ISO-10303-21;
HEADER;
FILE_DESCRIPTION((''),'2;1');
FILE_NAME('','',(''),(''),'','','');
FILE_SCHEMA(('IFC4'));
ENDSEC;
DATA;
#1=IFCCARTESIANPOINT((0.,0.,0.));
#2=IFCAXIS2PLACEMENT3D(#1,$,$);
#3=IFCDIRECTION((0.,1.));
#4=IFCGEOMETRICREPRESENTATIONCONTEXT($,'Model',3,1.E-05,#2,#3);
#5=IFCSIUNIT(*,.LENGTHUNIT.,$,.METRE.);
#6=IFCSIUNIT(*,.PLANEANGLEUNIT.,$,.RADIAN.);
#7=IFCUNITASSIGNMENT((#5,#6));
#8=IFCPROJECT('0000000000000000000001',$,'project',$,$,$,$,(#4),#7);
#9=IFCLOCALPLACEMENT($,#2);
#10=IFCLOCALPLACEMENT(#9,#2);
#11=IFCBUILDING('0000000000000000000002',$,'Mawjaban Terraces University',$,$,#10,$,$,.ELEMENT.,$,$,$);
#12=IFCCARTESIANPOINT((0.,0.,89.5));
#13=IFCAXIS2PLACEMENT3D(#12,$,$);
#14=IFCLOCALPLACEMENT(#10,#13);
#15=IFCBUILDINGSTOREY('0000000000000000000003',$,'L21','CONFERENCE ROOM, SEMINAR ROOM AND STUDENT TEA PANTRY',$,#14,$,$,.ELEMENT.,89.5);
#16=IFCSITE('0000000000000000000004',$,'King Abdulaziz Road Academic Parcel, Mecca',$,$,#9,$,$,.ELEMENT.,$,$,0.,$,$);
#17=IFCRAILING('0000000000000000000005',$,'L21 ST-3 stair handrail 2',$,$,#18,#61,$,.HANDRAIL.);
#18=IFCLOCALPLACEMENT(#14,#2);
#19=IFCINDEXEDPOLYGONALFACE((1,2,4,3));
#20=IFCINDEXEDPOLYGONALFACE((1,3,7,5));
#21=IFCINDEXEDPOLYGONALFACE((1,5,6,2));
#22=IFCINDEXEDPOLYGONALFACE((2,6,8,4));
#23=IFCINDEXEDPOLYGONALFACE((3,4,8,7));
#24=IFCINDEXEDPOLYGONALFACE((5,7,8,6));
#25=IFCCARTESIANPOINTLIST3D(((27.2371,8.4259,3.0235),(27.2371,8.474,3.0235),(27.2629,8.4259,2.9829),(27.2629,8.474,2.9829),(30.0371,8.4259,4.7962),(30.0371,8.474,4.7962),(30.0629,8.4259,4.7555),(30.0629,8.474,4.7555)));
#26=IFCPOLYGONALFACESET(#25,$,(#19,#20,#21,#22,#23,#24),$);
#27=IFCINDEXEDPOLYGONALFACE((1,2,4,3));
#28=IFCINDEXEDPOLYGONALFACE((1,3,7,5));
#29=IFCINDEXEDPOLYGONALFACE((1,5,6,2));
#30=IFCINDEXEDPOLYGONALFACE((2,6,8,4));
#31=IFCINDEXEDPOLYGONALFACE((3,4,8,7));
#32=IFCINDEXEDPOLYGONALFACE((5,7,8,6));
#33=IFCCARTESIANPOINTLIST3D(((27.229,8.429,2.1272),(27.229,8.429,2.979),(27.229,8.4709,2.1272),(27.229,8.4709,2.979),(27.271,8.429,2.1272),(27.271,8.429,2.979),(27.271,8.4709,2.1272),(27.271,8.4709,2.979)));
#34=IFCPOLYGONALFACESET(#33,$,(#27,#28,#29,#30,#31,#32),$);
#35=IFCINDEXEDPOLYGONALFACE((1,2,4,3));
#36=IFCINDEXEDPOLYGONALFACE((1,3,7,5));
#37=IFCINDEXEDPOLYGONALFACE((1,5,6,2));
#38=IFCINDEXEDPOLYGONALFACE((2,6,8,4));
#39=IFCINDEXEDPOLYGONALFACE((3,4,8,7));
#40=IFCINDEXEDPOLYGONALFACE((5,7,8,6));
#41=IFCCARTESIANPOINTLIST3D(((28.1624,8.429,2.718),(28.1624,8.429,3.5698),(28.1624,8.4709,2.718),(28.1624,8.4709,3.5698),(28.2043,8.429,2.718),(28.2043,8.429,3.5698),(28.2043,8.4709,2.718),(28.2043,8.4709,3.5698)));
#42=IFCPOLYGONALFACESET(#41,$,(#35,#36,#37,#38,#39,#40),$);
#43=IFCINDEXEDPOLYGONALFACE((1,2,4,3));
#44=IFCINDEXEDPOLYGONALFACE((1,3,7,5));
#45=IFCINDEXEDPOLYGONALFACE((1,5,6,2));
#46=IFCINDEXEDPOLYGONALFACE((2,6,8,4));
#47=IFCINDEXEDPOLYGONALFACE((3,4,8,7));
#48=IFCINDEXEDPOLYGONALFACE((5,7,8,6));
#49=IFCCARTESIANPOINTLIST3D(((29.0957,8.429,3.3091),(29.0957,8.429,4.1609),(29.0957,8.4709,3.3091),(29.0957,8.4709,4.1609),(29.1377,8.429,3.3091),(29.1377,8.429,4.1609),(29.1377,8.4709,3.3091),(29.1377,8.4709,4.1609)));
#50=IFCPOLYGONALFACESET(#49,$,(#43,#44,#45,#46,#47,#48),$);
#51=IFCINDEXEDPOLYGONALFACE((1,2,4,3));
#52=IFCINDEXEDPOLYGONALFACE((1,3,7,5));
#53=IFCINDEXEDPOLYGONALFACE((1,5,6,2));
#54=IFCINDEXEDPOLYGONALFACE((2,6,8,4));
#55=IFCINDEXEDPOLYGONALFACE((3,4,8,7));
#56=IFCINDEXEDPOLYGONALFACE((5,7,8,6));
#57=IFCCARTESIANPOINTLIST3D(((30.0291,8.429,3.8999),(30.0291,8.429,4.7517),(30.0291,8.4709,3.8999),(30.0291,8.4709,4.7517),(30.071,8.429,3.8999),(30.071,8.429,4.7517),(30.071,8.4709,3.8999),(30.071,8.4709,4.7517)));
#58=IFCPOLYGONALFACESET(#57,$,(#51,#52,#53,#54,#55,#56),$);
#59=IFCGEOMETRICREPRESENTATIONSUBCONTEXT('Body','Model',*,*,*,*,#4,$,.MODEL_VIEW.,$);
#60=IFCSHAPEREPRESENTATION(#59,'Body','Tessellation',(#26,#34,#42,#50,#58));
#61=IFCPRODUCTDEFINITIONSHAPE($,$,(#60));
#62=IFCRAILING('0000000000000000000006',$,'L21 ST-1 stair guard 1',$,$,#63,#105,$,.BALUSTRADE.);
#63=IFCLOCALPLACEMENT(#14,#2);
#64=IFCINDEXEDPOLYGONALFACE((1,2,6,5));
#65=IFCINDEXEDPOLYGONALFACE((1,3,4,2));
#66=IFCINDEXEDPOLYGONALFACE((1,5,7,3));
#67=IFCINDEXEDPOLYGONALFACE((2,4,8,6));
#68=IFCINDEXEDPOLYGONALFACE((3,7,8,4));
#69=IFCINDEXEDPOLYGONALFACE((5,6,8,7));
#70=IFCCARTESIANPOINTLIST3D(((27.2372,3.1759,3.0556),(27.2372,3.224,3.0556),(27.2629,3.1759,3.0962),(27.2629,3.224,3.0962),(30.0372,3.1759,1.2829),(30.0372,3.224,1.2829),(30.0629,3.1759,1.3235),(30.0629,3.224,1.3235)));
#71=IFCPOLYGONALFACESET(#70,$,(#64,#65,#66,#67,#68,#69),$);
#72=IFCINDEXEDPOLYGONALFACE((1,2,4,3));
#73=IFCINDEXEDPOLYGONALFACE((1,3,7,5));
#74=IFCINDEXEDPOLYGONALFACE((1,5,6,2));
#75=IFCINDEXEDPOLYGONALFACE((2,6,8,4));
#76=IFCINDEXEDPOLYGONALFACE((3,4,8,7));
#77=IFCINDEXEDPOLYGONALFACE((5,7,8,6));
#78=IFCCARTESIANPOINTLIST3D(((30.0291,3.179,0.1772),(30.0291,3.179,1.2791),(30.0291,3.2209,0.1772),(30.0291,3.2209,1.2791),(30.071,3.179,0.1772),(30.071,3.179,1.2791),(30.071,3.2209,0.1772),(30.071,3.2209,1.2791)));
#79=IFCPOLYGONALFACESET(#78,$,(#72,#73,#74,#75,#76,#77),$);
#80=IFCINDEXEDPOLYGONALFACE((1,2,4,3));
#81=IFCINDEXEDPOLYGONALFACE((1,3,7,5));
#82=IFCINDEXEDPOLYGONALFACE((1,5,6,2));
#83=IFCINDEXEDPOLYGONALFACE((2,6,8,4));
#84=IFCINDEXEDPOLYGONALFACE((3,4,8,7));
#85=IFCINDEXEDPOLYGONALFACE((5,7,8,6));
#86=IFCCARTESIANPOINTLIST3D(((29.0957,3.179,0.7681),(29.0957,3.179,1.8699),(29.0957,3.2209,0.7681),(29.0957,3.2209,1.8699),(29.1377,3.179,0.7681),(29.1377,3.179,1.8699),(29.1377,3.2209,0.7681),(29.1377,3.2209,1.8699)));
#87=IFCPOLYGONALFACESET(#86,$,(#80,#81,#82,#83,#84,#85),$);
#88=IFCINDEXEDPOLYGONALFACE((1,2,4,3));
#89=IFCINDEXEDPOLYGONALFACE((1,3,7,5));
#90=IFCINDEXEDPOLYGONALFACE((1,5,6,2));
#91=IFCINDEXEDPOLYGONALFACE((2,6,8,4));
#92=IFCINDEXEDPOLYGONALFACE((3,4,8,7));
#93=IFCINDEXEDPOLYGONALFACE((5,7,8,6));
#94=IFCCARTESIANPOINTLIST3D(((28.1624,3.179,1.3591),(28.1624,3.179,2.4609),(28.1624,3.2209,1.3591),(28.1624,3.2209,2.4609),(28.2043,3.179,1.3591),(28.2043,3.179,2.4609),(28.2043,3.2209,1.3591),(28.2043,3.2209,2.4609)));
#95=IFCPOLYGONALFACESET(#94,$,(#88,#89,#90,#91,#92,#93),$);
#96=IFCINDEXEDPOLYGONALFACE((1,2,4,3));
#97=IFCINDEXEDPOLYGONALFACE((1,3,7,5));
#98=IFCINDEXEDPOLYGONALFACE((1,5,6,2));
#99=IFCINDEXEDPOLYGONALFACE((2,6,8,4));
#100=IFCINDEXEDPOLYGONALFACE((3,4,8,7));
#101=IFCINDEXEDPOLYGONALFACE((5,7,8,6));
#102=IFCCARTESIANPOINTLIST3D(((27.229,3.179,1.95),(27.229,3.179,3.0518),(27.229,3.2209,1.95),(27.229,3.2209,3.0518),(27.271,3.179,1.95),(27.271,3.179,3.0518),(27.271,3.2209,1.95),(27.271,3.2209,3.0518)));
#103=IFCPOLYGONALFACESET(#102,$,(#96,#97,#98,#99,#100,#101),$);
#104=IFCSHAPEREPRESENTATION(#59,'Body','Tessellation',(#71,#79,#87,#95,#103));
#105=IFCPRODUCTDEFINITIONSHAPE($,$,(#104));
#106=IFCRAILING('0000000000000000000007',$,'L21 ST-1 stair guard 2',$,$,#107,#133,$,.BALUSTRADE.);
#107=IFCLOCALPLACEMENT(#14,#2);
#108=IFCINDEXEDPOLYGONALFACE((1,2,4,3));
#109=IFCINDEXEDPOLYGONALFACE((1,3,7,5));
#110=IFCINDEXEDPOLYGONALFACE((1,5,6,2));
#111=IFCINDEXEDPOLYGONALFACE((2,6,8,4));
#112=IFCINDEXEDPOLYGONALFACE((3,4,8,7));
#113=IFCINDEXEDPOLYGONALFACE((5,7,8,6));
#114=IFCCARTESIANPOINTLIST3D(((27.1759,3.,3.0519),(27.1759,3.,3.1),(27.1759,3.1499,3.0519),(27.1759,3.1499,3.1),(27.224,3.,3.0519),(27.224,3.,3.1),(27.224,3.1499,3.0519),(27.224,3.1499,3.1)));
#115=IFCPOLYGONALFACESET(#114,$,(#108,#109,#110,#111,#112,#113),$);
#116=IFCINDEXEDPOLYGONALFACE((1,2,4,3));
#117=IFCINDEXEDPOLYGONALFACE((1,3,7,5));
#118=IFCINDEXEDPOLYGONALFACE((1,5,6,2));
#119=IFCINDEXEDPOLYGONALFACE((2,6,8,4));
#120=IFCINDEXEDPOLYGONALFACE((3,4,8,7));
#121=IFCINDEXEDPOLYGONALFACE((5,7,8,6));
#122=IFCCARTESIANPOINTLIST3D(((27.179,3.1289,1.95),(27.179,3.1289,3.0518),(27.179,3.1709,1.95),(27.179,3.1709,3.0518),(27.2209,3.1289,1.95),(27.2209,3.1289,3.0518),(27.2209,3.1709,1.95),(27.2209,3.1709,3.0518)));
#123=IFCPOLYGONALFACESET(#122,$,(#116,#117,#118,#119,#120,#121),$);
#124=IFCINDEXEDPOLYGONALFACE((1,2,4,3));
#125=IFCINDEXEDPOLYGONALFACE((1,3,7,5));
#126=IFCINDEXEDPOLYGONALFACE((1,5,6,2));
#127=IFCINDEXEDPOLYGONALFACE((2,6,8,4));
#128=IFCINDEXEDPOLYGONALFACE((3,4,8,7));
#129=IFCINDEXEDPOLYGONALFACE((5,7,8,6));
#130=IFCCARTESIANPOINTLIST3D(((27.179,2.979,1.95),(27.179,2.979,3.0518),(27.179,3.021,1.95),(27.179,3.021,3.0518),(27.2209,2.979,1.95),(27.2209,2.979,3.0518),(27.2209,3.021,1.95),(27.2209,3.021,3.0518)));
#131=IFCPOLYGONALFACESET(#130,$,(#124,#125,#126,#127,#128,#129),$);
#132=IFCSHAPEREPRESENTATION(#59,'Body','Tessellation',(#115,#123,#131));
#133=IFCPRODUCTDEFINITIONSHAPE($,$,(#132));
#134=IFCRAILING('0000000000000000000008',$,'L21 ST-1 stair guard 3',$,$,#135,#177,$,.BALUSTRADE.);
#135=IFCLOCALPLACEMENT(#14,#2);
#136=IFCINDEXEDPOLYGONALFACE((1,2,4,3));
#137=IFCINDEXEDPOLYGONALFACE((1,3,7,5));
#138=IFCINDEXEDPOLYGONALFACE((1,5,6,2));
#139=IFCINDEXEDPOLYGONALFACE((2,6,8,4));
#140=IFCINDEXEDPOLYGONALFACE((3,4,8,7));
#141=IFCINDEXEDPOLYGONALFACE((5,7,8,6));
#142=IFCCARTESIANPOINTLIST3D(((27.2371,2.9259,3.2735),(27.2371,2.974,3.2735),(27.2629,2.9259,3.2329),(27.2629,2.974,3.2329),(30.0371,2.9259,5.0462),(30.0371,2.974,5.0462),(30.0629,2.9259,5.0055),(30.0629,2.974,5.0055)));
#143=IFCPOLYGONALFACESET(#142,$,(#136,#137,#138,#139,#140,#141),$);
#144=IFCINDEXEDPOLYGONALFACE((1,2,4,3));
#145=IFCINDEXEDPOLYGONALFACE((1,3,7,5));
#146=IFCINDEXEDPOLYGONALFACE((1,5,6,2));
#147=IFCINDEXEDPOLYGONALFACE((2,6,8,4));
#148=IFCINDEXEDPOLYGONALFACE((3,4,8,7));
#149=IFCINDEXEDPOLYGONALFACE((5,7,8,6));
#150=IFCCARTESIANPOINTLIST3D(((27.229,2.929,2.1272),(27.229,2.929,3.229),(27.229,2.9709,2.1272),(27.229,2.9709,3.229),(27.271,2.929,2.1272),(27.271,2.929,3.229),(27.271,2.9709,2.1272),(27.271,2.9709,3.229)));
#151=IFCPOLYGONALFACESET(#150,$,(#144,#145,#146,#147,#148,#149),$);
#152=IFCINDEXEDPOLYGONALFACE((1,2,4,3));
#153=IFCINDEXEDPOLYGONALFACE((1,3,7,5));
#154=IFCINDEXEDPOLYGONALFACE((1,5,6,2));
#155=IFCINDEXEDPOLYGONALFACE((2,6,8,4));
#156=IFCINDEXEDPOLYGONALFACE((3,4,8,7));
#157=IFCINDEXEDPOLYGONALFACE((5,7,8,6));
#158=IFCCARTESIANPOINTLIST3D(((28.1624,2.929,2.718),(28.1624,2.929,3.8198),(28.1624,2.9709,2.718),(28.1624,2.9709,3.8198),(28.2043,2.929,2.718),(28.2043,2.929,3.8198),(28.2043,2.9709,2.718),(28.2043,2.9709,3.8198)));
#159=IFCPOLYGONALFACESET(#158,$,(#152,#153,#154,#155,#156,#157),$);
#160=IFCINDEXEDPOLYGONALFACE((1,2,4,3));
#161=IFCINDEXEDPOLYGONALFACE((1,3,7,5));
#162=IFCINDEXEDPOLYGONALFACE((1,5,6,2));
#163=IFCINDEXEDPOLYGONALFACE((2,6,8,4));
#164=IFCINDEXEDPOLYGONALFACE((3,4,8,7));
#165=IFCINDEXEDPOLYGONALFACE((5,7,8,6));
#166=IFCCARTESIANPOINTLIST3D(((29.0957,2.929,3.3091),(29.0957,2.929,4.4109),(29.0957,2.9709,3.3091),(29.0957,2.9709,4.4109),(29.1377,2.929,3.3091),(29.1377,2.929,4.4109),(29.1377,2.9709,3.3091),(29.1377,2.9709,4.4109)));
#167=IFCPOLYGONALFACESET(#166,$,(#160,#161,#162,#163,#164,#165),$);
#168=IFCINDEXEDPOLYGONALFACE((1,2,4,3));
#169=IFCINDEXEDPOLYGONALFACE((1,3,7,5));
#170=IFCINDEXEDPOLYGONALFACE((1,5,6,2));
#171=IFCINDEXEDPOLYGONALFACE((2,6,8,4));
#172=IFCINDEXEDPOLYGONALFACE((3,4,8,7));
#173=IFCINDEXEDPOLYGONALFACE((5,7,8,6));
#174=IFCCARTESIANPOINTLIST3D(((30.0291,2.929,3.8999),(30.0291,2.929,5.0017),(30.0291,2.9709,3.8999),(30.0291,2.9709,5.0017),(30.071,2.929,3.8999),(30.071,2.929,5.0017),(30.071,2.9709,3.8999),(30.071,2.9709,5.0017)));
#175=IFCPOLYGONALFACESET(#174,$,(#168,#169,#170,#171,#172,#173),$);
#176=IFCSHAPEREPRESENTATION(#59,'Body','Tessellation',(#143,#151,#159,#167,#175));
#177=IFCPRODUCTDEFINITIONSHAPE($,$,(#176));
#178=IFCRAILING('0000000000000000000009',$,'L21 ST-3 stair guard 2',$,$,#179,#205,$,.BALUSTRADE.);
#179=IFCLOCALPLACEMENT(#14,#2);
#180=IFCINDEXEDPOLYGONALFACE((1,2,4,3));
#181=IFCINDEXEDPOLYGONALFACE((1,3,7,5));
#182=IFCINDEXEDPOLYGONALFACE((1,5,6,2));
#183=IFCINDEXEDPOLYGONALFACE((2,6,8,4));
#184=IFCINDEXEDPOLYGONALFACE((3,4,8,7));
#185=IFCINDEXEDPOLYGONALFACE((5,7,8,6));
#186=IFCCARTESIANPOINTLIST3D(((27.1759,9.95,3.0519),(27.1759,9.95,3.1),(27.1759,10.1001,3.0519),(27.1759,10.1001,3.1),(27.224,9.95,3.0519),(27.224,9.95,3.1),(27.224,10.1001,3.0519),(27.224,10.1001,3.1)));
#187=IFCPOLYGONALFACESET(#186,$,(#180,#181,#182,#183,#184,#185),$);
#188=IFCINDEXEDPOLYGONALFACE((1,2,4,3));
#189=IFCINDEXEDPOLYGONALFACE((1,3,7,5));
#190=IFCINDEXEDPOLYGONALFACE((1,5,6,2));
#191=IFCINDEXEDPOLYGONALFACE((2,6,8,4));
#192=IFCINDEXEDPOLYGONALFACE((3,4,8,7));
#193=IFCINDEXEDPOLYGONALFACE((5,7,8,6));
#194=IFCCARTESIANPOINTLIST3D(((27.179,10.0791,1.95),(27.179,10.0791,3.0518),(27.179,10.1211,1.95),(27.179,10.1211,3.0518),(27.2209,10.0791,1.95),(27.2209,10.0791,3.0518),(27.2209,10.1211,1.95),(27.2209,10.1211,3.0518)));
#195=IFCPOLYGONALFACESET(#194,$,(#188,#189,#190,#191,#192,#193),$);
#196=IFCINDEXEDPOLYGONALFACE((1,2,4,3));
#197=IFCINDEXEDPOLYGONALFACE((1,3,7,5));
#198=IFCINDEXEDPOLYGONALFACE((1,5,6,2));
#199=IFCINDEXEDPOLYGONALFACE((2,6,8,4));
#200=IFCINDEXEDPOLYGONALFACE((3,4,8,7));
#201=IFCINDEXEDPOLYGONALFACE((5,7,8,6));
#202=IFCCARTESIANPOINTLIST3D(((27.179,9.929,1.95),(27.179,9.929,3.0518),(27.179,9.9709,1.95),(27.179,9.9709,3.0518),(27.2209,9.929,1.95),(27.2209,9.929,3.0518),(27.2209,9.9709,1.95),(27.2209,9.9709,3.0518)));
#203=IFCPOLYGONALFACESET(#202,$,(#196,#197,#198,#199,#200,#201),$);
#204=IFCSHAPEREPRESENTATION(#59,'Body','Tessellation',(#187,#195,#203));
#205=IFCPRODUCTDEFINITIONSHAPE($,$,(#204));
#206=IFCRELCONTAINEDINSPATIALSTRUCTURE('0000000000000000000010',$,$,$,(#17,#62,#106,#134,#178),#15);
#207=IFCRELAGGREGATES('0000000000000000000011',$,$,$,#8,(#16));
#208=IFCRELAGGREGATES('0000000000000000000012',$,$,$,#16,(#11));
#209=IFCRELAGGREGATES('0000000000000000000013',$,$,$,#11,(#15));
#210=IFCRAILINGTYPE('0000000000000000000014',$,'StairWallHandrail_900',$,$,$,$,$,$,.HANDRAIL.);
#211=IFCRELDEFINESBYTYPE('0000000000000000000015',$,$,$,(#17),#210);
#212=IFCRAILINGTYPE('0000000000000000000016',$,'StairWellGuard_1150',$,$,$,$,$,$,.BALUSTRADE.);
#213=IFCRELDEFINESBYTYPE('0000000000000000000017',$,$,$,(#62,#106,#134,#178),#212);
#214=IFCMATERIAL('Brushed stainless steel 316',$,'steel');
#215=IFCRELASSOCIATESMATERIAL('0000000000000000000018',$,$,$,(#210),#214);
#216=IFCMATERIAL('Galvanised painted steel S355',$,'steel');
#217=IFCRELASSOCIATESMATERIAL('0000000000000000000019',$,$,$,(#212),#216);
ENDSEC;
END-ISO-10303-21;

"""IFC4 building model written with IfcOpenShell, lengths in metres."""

from ifc_helpers import new_model, si_unit, direction, frame, origin, origin_2d, place, context, subcontext, project, spatial, rectangle, extrude, material, type_object, element, save


model = new_model("IFC4")

# Units and contexts
model_context = context("Model", 3, precision=1e-05, world=origin(), true_north=direction((0.0, 1.0)))
body_context = subcontext(model_context, "Body", "Model", "MODEL_VIEW")
ifc_project = project(units=[si_unit("LENGTHUNIT", "METRE"), si_unit("PLANEANGLEUNIT", "RADIAN")], contexts=[model_context])

# Site, building, storey
site_placement = place(None, origin())
site = spatial("IfcSite", under=ifc_project, at=site_placement, Name="King Abdulaziz Road Academic Parcel, Mecca", CompositionType="ELEMENT", RefElevation=0.0)
building_placement = place(site_placement, origin())
building = spatial("IfcBuilding", under=site, at=building_placement, Name="Mawjaban Terraces University", CompositionType="ELEMENT")
storey_placement = place(building_placement, frame((0.0, 0.0, 89.5)))
storey = spatial("IfcBuildingStorey", under=building, at=storey_placement, Name="L21", Description="CONFERENCE ROOM, SEMINAR ROOM AND STUDENT TEA PANTRY", CompositionType="ELEMENT", Elevation=89.5)

# Railings
ifc_material_1 = material(Name="Brushed stainless steel 316", Category="steel")
railing_type_1 = type_object("IfcRailingType", Name="StairWallHandrail_900", PredefinedType="HANDRAIL", material=ifc_material_1)
for number, where, name in (
    (1, (27.25, 8.45, 2.1272), "L21 ST-3 stair handrail 2"),
):
    element("IfcRailing", number, at=place(storey_placement, frame(where)), inside=storey, type_object=railing_type_1, Name=name, PredefinedType="HANDRAIL", context=body_context, shape_type="SweptSolid", body=[
        extrude(rectangle(XDim=0.0481, YDim=0.0481, at=origin_2d()), frame((0.0, 0.0, 0.876), z_axis=(0.844909, 0.0, 0.53491), x_axis=(0.0, 1.0, 0.0)), (0.0, 0.0, 1.0), 3.314),
        extrude(rectangle(XDim=0.042, YDim=0.042, at=origin_2d()), origin(), (0.0, 0.0, 1.0), 0.8518),
        extrude(rectangle(XDim=0.042, YDim=0.042, at=origin_2d()), frame((0.9333, 0.0, 0.5908)), (0.0, 0.0, 1.0), 0.8518),
        extrude(rectangle(XDim=0.042, YDim=0.042, at=origin_2d()), frame((1.8667, 0.0, 1.1819)), (0.0, 0.0, 1.0), 0.8518),
        extrude(rectangle(XDim=0.042, YDim=0.042, at=origin_2d()), frame((2.8, 0.0, 1.7727)), (0.0, 0.0, 1.0), 0.8518),
    ])
ifc_material_2 = material(Name="Galvanised painted steel S355", Category="steel")
railing_type_2 = type_object("IfcRailingType", Name="StairWellGuard_1150", PredefinedType="BALUSTRADE", material=ifc_material_2)
railing_1_placement = place(storey_placement, frame((30.05, 3.2, 0.1772)))
element("IfcRailing", 2, at=railing_1_placement, inside=storey, type_object=railing_type_2, Name="L21 ST-1 stair guard 1", PredefinedType="BALUSTRADE", context=body_context, shape_type="SweptSolid", body=[
    extrude(rectangle(XDim=0.0481, YDim=0.0481, at=origin_2d()), frame((0.0, 0.0, 1.126), z_axis=(-0.844909, 0.0, 0.53491), x_axis=(0.0, -1.0, 0.0)), (0.0, 0.0, 1.0), 3.314),
    extrude(rectangle(XDim=0.042, YDim=0.042, at=origin_2d()), origin(), (0.0, 0.0, 1.0), 1.1018),
    extrude(rectangle(XDim=0.042, YDim=0.042, at=origin_2d()), frame((-0.9333, 0.0, 0.5908)), (0.0, 0.0, 1.0), 1.1018),
    extrude(rectangle(XDim=0.042, YDim=0.042, at=origin_2d()), frame((-1.8667, 0.0, 1.1819)), (0.0, 0.0, 1.0), 1.1018),
    extrude(rectangle(XDim=0.042, YDim=0.042, at=origin_2d()), frame((-2.8, 0.0, 1.7727)), (0.0, 0.0, 1.0), 1.1018),
])
railing_2_placement = place(storey_placement, frame((27.2, 3.1499, 1.95)))
element("IfcRailing", 3, at=railing_2_placement, inside=storey, type_object=railing_type_2, Name="L21 ST-1 stair guard 2", PredefinedType="BALUSTRADE", context=body_context, shape_type="SweptSolid", body=[
    extrude(rectangle(XDim=0.0481, YDim=0.0481, at=origin_2d()), frame((0.0, 0.0, 1.126), z_axis=(0.0, -1.0, 0.0), x_axis=(1.0, 0.0, 0.0)), (0.0, 0.0, 1.0), 0.1499),
    extrude(rectangle(XDim=0.042, YDim=0.042, at=origin_2d()), origin(), (0.0, 0.0, 1.0), 1.1018),
    extrude(rectangle(XDim=0.042, YDim=0.042, at=origin_2d()), frame((0.0, -0.1499, 0.0)), (0.0, 0.0, 1.0), 1.1018),
])
railing_3_placement = place(storey_placement, frame((27.25, 2.95, 2.1272)))
element("IfcRailing", 4, at=railing_3_placement, inside=storey, type_object=railing_type_2, Name="L21 ST-1 stair guard 3", PredefinedType="BALUSTRADE", context=body_context, shape_type="SweptSolid", body=[
    extrude(rectangle(XDim=0.0481, YDim=0.0481, at=origin_2d()), frame((0.0, 0.0, 1.126), z_axis=(0.844909, 0.0, 0.53491), x_axis=(0.0, 1.0, 0.0)), (0.0, 0.0, 1.0), 3.314),
    extrude(rectangle(XDim=0.042, YDim=0.042, at=origin_2d()), origin(), (0.0, 0.0, 1.0), 1.1018),
    extrude(rectangle(XDim=0.042, YDim=0.042, at=origin_2d()), frame((0.9333, 0.0, 0.5908)), (0.0, 0.0, 1.0), 1.1018),
    extrude(rectangle(XDim=0.042, YDim=0.042, at=origin_2d()), frame((1.8667, 0.0, 1.1819)), (0.0, 0.0, 1.0), 1.1018),
    extrude(rectangle(XDim=0.042, YDim=0.042, at=origin_2d()), frame((2.8, 0.0, 1.7727)), (0.0, 0.0, 1.0), 1.1018),
])
railing_4_placement = place(storey_placement, frame((27.2, 10.1001, 1.95)))
element("IfcRailing", 5, at=railing_4_placement, inside=storey, type_object=railing_type_2, Name="L21 ST-3 stair guard 2", PredefinedType="BALUSTRADE", context=body_context, shape_type="SweptSolid", body=[
    extrude(rectangle(XDim=0.0481, YDim=0.0481, at=origin_2d()), frame((0.0, 0.0, 1.126), z_axis=(0.0, -1.0, 0.0), x_axis=(1.0, 0.0, 0.0)), (0.0, 0.0, 1.0), 0.1501),
    extrude(rectangle(XDim=0.042, YDim=0.042, at=origin_2d()), origin(), (0.0, 0.0, 1.0), 1.1018),
    extrude(rectangle(XDim=0.042, YDim=0.042, at=origin_2d()), frame((0.0, -0.1501, 0.0)), (0.0, 0.0, 1.0), 1.1018),
])

save(model, "model.ifc")
